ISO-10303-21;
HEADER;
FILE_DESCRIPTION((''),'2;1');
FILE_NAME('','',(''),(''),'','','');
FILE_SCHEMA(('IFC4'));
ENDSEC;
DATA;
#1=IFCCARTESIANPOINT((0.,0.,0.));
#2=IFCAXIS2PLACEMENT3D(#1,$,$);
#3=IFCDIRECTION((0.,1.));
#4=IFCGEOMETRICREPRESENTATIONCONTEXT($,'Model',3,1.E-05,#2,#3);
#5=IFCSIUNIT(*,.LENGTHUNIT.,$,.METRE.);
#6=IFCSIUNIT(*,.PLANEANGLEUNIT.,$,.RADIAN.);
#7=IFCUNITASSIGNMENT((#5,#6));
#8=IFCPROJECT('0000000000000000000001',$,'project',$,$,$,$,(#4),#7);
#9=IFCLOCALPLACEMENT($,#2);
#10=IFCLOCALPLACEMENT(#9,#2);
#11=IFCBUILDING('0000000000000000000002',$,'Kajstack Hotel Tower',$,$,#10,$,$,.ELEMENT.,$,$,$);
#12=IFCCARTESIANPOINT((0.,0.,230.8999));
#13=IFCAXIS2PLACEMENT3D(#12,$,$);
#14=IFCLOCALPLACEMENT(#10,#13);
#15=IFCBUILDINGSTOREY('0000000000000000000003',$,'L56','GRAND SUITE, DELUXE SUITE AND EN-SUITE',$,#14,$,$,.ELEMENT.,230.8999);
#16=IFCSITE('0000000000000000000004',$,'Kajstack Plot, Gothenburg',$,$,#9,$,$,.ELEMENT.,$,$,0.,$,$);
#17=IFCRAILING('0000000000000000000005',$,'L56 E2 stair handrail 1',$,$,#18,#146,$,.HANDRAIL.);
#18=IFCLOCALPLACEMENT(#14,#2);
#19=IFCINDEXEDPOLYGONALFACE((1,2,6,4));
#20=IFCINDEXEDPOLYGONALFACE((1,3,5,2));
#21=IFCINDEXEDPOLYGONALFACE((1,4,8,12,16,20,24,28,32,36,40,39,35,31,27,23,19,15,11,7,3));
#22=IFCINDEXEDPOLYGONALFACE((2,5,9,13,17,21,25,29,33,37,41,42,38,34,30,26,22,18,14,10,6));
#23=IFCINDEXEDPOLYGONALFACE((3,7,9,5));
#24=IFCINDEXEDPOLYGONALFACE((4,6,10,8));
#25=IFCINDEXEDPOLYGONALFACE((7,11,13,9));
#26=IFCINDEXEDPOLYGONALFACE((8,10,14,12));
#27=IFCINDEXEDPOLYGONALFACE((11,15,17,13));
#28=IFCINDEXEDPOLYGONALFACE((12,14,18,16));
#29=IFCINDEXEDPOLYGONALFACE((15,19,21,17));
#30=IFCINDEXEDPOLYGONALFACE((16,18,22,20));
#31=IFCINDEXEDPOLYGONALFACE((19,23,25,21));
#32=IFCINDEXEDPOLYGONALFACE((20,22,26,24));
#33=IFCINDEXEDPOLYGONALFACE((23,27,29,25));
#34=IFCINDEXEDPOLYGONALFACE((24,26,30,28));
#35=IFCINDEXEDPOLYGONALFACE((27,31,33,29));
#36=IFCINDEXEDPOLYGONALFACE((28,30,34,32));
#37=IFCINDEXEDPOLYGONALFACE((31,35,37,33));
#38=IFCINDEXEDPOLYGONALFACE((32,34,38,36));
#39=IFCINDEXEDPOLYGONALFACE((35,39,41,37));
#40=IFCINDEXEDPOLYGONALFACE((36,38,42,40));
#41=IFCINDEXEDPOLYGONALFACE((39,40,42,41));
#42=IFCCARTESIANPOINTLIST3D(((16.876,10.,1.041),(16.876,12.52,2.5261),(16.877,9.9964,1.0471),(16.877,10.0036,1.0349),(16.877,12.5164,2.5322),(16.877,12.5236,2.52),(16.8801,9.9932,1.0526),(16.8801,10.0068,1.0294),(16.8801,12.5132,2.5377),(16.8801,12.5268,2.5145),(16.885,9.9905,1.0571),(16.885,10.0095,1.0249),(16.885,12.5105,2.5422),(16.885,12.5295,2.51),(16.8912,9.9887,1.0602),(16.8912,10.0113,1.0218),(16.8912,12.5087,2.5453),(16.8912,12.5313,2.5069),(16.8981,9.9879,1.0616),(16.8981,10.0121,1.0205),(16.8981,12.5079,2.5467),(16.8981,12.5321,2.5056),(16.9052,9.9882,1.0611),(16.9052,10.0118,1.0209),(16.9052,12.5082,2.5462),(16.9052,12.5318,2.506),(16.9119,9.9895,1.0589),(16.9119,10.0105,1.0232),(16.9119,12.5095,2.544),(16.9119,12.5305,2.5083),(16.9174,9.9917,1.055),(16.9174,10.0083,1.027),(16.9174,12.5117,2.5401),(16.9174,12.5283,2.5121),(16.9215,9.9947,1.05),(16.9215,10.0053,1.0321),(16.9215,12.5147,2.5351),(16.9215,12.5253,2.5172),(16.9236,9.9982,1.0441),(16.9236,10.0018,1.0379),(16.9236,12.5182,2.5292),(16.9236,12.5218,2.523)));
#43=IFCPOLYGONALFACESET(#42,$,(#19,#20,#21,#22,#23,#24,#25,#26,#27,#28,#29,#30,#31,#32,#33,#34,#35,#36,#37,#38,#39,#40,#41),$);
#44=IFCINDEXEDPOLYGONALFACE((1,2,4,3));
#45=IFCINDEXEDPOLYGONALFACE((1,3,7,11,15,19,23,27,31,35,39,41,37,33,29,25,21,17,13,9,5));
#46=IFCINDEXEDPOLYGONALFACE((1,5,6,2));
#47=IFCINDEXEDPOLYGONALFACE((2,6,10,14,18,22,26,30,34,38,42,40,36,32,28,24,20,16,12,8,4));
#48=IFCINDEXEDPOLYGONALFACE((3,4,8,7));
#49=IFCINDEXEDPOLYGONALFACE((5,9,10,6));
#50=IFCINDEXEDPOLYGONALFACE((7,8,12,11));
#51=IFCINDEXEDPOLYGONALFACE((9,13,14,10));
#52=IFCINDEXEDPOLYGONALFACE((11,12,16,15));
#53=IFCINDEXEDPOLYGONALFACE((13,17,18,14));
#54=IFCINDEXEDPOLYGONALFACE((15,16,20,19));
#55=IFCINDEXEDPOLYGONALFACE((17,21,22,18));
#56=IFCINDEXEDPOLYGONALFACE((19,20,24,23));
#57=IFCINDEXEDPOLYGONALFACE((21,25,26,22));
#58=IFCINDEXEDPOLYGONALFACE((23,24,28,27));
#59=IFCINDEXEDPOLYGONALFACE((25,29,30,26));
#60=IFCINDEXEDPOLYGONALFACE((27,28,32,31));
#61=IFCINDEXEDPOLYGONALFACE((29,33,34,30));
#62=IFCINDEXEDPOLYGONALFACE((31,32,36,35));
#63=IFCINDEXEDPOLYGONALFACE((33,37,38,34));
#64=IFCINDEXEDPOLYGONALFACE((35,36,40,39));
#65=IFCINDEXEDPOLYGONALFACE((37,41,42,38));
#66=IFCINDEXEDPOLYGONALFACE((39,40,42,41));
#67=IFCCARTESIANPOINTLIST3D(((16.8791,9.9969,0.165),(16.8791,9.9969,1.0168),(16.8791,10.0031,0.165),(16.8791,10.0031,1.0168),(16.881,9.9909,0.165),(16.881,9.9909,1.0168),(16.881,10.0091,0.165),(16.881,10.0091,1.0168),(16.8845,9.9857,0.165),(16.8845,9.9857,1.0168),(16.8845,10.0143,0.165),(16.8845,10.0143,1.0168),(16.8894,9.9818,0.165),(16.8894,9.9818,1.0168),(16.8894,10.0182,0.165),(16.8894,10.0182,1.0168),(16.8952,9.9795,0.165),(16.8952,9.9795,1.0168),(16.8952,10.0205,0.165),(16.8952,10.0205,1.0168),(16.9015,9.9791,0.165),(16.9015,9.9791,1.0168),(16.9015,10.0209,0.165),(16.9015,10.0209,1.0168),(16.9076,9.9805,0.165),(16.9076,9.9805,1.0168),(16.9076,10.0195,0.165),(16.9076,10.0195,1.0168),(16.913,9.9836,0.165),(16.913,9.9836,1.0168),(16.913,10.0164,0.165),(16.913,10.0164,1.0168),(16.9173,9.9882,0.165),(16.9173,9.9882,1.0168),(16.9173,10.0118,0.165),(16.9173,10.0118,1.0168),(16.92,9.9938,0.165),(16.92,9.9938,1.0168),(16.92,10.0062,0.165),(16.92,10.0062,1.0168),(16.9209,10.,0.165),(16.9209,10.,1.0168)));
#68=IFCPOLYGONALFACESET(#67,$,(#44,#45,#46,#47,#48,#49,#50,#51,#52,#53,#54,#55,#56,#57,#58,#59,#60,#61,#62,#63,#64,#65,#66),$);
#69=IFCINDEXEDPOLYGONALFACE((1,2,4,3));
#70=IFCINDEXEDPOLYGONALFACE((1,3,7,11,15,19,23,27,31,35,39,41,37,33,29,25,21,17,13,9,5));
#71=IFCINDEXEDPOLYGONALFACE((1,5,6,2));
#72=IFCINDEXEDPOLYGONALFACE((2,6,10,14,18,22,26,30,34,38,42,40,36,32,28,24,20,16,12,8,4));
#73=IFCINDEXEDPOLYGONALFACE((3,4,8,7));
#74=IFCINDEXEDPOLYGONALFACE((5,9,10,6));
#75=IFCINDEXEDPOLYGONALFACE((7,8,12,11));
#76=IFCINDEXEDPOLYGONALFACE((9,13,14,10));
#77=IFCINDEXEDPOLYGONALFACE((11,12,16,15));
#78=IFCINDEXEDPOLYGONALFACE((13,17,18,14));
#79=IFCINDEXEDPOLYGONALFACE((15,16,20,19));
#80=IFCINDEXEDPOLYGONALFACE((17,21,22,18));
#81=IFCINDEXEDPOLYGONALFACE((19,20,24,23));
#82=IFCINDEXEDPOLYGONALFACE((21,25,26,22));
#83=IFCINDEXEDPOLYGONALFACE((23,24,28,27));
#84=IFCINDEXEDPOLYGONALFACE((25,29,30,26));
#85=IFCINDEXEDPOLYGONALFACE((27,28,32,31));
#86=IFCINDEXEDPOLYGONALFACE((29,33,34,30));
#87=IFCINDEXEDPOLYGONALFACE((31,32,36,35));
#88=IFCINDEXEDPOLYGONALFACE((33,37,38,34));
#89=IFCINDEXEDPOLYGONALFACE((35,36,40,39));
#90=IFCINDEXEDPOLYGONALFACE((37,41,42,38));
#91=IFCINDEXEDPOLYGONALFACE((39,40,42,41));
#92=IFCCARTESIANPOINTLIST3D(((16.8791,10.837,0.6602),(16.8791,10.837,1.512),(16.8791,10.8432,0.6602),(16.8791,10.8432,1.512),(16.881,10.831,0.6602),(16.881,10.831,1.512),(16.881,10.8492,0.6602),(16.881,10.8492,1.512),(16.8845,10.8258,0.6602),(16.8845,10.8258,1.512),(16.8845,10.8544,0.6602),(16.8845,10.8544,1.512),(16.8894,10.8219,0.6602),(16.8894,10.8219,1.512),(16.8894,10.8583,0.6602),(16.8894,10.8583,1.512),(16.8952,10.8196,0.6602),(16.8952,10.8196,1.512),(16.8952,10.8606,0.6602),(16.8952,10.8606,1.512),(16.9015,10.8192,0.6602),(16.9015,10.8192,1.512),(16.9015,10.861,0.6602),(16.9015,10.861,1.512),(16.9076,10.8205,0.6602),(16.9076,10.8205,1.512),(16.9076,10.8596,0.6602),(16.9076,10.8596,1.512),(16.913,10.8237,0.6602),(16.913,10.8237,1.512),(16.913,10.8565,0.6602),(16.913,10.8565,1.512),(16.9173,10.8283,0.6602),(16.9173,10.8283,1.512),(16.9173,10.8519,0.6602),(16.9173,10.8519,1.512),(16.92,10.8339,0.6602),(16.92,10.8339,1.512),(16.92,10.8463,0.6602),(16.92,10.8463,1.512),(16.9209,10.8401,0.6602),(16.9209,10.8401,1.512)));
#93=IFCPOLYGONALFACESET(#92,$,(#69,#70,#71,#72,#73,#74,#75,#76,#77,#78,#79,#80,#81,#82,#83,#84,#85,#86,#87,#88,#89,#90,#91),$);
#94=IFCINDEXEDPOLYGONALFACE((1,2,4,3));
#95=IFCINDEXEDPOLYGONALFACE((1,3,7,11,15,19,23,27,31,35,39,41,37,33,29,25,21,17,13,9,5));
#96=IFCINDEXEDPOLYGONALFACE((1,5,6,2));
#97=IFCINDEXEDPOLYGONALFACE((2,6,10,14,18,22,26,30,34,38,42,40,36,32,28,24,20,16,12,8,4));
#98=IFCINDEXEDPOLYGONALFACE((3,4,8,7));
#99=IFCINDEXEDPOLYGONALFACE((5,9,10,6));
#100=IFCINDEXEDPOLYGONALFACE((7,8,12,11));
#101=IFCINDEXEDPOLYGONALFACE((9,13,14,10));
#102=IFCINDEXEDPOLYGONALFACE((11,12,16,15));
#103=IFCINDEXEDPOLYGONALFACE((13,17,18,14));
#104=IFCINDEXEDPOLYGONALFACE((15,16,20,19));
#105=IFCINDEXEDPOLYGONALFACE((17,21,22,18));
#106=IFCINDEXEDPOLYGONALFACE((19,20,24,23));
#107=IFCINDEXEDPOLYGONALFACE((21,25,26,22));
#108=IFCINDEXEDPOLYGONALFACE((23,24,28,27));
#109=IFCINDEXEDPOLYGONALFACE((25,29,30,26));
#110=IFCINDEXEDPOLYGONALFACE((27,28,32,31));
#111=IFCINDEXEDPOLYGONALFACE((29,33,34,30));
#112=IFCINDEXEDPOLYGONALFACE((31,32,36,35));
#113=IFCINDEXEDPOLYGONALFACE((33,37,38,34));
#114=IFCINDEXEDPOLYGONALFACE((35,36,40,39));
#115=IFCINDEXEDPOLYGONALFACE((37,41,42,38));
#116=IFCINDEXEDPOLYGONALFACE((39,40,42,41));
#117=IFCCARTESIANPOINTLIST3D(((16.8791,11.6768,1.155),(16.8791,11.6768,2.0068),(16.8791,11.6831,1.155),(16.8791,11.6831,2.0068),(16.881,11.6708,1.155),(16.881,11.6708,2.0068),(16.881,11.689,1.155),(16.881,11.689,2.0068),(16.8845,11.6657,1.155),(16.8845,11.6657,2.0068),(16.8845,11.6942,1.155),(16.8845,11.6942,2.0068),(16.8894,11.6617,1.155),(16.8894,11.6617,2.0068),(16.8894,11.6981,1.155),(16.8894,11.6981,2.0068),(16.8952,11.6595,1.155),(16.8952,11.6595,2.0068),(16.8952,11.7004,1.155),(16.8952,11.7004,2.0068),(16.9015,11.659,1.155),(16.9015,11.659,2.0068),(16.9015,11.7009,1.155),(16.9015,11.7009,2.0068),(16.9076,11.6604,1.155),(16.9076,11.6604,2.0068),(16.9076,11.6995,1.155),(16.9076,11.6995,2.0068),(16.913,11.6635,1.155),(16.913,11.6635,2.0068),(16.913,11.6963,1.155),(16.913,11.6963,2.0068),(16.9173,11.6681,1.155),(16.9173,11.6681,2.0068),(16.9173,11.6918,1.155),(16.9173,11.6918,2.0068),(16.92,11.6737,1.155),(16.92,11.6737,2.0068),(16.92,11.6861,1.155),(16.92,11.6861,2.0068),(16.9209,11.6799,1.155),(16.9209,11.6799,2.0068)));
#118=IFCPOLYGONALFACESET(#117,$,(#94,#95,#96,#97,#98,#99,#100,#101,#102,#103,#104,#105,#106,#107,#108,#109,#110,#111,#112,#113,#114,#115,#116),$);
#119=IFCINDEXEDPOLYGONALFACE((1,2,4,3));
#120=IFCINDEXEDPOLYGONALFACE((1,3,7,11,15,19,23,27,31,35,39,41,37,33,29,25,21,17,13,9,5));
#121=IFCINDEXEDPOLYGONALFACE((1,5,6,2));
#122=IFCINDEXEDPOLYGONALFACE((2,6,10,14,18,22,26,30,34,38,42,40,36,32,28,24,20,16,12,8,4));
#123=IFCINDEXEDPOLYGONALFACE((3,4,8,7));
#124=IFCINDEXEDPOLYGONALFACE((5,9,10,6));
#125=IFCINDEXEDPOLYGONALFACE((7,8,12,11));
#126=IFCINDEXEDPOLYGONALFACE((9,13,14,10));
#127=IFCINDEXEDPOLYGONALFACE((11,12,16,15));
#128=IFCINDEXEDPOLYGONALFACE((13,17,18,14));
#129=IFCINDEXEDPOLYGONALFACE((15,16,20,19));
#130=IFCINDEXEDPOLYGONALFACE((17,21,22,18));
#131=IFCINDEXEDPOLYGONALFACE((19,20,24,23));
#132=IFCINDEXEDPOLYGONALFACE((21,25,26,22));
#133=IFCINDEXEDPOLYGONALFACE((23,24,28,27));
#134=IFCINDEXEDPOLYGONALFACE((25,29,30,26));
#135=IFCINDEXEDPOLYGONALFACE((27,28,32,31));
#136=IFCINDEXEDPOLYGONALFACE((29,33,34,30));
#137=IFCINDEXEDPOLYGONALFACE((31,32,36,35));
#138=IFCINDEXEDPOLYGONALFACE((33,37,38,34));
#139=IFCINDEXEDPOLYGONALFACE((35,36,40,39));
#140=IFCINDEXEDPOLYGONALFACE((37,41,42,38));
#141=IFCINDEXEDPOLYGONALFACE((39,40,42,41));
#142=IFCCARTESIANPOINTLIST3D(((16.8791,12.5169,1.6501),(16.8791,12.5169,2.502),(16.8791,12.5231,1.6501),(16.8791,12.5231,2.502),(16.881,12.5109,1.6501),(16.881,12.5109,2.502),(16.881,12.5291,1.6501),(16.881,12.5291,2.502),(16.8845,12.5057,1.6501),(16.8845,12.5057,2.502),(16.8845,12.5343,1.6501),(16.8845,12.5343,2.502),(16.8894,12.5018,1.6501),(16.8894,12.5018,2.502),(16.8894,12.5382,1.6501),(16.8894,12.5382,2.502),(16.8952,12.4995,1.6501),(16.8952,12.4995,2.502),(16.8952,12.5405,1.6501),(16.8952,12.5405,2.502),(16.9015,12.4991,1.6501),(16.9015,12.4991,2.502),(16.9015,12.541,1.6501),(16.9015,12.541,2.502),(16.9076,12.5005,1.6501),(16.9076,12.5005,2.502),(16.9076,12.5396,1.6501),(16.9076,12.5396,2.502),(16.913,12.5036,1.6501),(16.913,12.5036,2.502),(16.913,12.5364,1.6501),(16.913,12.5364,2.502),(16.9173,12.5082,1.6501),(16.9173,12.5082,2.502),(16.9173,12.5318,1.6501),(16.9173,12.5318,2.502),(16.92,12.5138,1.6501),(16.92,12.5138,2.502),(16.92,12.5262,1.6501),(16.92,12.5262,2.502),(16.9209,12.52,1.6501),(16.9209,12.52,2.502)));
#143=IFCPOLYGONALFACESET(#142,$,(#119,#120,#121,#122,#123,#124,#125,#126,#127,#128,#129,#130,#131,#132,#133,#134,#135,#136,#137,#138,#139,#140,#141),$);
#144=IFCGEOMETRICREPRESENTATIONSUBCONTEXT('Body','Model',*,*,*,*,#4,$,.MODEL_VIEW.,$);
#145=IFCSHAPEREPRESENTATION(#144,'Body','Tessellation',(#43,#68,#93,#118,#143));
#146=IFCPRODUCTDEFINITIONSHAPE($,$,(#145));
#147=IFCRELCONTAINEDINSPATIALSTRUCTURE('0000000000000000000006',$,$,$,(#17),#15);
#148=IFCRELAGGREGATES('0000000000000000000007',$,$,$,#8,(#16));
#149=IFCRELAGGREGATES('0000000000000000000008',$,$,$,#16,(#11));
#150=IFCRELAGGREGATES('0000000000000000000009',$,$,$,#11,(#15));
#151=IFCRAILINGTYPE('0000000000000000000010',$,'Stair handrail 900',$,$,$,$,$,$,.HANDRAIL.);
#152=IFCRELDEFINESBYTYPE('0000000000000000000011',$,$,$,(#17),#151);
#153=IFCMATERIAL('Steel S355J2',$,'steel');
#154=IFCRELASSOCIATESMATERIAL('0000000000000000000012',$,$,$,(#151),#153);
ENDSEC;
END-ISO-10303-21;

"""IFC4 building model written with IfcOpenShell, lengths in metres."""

from ifc_helpers import new_model, si_unit, direction, frame, origin, origin_2d, place, context, subcontext, project, spatial, circle, extrude, material, type_object, element, save


model = new_model("IFC4")

# Units and contexts
model_context = context("Model", 3, precision=1e-05, world=origin(), true_north=direction((0.0, 1.0)))
body_context = subcontext(model_context, "Body", "Model", "MODEL_VIEW")
ifc_project = project(units=[si_unit("LENGTHUNIT", "METRE"), si_unit("PLANEANGLEUNIT", "RADIAN")], contexts=[model_context])

# Site, building, storey
site_placement = place(None, origin())
site = spatial("IfcSite", under=ifc_project, at=site_placement, Name="Kajstack Plot, Gothenburg", CompositionType="ELEMENT", RefElevation=0.0)
building_placement = place(site_placement, origin())
building = spatial("IfcBuilding", under=site, at=building_placement, Name="Kajstack Hotel Tower", CompositionType="ELEMENT")
storey_placement = place(building_placement, frame((0.0, 0.0, 230.8999)))
storey = spatial("IfcBuildingStorey", under=building, at=storey_placement, Name="L56", Description="GRAND SUITE, DELUXE SUITE AND EN-SUITE", CompositionType="ELEMENT", Elevation=230.8999)

# Railing
ifc_material_1 = material(Name="Steel S355J2", Category="steel")
railing_type_1 = type_object("IfcRailingType", Name="Stair handrail 900", PredefinedType="HANDRAIL", material=ifc_material_1)
railing_1_placement = place(storey_placement, frame((16.8999, 10.0, 0.165)))
element("IfcRailing", 1, at=railing_1_placement, inside=storey, type_object=railing_type_1, Name="L56 E2 stair handrail 1", PredefinedType="HANDRAIL", context=body_context, shape_type="SweptSolid", body=[
    extrude(circle(Radius=0.0239, at=origin_2d()), frame((0.0, 0.0, 0.876), z_axis=(0.0, 0.861524, 0.507717), x_axis=(-1.0, 0.0, 0.0)), (0.0, 0.0, 1.0), 2.925),
    extrude(circle(Radius=0.021, at=origin_2d()), origin(), (0.0, 0.0, 1.0), 0.8518),
    extrude(circle(Radius=0.021, at=origin_2d()), frame((0.0, 0.8401, 0.4951)), (0.0, 0.0, 1.0), 0.8518),
    extrude(circle(Radius=0.021, at=origin_2d()), frame((0.0, 1.6799, 0.99)), (0.0, 0.0, 1.0), 0.8518),
    extrude(circle(Radius=0.021, at=origin_2d()), frame((0.0, 2.52, 1.4851)), (0.0, 0.0, 1.0), 0.8518),
])

save(model, "model.ifc")
